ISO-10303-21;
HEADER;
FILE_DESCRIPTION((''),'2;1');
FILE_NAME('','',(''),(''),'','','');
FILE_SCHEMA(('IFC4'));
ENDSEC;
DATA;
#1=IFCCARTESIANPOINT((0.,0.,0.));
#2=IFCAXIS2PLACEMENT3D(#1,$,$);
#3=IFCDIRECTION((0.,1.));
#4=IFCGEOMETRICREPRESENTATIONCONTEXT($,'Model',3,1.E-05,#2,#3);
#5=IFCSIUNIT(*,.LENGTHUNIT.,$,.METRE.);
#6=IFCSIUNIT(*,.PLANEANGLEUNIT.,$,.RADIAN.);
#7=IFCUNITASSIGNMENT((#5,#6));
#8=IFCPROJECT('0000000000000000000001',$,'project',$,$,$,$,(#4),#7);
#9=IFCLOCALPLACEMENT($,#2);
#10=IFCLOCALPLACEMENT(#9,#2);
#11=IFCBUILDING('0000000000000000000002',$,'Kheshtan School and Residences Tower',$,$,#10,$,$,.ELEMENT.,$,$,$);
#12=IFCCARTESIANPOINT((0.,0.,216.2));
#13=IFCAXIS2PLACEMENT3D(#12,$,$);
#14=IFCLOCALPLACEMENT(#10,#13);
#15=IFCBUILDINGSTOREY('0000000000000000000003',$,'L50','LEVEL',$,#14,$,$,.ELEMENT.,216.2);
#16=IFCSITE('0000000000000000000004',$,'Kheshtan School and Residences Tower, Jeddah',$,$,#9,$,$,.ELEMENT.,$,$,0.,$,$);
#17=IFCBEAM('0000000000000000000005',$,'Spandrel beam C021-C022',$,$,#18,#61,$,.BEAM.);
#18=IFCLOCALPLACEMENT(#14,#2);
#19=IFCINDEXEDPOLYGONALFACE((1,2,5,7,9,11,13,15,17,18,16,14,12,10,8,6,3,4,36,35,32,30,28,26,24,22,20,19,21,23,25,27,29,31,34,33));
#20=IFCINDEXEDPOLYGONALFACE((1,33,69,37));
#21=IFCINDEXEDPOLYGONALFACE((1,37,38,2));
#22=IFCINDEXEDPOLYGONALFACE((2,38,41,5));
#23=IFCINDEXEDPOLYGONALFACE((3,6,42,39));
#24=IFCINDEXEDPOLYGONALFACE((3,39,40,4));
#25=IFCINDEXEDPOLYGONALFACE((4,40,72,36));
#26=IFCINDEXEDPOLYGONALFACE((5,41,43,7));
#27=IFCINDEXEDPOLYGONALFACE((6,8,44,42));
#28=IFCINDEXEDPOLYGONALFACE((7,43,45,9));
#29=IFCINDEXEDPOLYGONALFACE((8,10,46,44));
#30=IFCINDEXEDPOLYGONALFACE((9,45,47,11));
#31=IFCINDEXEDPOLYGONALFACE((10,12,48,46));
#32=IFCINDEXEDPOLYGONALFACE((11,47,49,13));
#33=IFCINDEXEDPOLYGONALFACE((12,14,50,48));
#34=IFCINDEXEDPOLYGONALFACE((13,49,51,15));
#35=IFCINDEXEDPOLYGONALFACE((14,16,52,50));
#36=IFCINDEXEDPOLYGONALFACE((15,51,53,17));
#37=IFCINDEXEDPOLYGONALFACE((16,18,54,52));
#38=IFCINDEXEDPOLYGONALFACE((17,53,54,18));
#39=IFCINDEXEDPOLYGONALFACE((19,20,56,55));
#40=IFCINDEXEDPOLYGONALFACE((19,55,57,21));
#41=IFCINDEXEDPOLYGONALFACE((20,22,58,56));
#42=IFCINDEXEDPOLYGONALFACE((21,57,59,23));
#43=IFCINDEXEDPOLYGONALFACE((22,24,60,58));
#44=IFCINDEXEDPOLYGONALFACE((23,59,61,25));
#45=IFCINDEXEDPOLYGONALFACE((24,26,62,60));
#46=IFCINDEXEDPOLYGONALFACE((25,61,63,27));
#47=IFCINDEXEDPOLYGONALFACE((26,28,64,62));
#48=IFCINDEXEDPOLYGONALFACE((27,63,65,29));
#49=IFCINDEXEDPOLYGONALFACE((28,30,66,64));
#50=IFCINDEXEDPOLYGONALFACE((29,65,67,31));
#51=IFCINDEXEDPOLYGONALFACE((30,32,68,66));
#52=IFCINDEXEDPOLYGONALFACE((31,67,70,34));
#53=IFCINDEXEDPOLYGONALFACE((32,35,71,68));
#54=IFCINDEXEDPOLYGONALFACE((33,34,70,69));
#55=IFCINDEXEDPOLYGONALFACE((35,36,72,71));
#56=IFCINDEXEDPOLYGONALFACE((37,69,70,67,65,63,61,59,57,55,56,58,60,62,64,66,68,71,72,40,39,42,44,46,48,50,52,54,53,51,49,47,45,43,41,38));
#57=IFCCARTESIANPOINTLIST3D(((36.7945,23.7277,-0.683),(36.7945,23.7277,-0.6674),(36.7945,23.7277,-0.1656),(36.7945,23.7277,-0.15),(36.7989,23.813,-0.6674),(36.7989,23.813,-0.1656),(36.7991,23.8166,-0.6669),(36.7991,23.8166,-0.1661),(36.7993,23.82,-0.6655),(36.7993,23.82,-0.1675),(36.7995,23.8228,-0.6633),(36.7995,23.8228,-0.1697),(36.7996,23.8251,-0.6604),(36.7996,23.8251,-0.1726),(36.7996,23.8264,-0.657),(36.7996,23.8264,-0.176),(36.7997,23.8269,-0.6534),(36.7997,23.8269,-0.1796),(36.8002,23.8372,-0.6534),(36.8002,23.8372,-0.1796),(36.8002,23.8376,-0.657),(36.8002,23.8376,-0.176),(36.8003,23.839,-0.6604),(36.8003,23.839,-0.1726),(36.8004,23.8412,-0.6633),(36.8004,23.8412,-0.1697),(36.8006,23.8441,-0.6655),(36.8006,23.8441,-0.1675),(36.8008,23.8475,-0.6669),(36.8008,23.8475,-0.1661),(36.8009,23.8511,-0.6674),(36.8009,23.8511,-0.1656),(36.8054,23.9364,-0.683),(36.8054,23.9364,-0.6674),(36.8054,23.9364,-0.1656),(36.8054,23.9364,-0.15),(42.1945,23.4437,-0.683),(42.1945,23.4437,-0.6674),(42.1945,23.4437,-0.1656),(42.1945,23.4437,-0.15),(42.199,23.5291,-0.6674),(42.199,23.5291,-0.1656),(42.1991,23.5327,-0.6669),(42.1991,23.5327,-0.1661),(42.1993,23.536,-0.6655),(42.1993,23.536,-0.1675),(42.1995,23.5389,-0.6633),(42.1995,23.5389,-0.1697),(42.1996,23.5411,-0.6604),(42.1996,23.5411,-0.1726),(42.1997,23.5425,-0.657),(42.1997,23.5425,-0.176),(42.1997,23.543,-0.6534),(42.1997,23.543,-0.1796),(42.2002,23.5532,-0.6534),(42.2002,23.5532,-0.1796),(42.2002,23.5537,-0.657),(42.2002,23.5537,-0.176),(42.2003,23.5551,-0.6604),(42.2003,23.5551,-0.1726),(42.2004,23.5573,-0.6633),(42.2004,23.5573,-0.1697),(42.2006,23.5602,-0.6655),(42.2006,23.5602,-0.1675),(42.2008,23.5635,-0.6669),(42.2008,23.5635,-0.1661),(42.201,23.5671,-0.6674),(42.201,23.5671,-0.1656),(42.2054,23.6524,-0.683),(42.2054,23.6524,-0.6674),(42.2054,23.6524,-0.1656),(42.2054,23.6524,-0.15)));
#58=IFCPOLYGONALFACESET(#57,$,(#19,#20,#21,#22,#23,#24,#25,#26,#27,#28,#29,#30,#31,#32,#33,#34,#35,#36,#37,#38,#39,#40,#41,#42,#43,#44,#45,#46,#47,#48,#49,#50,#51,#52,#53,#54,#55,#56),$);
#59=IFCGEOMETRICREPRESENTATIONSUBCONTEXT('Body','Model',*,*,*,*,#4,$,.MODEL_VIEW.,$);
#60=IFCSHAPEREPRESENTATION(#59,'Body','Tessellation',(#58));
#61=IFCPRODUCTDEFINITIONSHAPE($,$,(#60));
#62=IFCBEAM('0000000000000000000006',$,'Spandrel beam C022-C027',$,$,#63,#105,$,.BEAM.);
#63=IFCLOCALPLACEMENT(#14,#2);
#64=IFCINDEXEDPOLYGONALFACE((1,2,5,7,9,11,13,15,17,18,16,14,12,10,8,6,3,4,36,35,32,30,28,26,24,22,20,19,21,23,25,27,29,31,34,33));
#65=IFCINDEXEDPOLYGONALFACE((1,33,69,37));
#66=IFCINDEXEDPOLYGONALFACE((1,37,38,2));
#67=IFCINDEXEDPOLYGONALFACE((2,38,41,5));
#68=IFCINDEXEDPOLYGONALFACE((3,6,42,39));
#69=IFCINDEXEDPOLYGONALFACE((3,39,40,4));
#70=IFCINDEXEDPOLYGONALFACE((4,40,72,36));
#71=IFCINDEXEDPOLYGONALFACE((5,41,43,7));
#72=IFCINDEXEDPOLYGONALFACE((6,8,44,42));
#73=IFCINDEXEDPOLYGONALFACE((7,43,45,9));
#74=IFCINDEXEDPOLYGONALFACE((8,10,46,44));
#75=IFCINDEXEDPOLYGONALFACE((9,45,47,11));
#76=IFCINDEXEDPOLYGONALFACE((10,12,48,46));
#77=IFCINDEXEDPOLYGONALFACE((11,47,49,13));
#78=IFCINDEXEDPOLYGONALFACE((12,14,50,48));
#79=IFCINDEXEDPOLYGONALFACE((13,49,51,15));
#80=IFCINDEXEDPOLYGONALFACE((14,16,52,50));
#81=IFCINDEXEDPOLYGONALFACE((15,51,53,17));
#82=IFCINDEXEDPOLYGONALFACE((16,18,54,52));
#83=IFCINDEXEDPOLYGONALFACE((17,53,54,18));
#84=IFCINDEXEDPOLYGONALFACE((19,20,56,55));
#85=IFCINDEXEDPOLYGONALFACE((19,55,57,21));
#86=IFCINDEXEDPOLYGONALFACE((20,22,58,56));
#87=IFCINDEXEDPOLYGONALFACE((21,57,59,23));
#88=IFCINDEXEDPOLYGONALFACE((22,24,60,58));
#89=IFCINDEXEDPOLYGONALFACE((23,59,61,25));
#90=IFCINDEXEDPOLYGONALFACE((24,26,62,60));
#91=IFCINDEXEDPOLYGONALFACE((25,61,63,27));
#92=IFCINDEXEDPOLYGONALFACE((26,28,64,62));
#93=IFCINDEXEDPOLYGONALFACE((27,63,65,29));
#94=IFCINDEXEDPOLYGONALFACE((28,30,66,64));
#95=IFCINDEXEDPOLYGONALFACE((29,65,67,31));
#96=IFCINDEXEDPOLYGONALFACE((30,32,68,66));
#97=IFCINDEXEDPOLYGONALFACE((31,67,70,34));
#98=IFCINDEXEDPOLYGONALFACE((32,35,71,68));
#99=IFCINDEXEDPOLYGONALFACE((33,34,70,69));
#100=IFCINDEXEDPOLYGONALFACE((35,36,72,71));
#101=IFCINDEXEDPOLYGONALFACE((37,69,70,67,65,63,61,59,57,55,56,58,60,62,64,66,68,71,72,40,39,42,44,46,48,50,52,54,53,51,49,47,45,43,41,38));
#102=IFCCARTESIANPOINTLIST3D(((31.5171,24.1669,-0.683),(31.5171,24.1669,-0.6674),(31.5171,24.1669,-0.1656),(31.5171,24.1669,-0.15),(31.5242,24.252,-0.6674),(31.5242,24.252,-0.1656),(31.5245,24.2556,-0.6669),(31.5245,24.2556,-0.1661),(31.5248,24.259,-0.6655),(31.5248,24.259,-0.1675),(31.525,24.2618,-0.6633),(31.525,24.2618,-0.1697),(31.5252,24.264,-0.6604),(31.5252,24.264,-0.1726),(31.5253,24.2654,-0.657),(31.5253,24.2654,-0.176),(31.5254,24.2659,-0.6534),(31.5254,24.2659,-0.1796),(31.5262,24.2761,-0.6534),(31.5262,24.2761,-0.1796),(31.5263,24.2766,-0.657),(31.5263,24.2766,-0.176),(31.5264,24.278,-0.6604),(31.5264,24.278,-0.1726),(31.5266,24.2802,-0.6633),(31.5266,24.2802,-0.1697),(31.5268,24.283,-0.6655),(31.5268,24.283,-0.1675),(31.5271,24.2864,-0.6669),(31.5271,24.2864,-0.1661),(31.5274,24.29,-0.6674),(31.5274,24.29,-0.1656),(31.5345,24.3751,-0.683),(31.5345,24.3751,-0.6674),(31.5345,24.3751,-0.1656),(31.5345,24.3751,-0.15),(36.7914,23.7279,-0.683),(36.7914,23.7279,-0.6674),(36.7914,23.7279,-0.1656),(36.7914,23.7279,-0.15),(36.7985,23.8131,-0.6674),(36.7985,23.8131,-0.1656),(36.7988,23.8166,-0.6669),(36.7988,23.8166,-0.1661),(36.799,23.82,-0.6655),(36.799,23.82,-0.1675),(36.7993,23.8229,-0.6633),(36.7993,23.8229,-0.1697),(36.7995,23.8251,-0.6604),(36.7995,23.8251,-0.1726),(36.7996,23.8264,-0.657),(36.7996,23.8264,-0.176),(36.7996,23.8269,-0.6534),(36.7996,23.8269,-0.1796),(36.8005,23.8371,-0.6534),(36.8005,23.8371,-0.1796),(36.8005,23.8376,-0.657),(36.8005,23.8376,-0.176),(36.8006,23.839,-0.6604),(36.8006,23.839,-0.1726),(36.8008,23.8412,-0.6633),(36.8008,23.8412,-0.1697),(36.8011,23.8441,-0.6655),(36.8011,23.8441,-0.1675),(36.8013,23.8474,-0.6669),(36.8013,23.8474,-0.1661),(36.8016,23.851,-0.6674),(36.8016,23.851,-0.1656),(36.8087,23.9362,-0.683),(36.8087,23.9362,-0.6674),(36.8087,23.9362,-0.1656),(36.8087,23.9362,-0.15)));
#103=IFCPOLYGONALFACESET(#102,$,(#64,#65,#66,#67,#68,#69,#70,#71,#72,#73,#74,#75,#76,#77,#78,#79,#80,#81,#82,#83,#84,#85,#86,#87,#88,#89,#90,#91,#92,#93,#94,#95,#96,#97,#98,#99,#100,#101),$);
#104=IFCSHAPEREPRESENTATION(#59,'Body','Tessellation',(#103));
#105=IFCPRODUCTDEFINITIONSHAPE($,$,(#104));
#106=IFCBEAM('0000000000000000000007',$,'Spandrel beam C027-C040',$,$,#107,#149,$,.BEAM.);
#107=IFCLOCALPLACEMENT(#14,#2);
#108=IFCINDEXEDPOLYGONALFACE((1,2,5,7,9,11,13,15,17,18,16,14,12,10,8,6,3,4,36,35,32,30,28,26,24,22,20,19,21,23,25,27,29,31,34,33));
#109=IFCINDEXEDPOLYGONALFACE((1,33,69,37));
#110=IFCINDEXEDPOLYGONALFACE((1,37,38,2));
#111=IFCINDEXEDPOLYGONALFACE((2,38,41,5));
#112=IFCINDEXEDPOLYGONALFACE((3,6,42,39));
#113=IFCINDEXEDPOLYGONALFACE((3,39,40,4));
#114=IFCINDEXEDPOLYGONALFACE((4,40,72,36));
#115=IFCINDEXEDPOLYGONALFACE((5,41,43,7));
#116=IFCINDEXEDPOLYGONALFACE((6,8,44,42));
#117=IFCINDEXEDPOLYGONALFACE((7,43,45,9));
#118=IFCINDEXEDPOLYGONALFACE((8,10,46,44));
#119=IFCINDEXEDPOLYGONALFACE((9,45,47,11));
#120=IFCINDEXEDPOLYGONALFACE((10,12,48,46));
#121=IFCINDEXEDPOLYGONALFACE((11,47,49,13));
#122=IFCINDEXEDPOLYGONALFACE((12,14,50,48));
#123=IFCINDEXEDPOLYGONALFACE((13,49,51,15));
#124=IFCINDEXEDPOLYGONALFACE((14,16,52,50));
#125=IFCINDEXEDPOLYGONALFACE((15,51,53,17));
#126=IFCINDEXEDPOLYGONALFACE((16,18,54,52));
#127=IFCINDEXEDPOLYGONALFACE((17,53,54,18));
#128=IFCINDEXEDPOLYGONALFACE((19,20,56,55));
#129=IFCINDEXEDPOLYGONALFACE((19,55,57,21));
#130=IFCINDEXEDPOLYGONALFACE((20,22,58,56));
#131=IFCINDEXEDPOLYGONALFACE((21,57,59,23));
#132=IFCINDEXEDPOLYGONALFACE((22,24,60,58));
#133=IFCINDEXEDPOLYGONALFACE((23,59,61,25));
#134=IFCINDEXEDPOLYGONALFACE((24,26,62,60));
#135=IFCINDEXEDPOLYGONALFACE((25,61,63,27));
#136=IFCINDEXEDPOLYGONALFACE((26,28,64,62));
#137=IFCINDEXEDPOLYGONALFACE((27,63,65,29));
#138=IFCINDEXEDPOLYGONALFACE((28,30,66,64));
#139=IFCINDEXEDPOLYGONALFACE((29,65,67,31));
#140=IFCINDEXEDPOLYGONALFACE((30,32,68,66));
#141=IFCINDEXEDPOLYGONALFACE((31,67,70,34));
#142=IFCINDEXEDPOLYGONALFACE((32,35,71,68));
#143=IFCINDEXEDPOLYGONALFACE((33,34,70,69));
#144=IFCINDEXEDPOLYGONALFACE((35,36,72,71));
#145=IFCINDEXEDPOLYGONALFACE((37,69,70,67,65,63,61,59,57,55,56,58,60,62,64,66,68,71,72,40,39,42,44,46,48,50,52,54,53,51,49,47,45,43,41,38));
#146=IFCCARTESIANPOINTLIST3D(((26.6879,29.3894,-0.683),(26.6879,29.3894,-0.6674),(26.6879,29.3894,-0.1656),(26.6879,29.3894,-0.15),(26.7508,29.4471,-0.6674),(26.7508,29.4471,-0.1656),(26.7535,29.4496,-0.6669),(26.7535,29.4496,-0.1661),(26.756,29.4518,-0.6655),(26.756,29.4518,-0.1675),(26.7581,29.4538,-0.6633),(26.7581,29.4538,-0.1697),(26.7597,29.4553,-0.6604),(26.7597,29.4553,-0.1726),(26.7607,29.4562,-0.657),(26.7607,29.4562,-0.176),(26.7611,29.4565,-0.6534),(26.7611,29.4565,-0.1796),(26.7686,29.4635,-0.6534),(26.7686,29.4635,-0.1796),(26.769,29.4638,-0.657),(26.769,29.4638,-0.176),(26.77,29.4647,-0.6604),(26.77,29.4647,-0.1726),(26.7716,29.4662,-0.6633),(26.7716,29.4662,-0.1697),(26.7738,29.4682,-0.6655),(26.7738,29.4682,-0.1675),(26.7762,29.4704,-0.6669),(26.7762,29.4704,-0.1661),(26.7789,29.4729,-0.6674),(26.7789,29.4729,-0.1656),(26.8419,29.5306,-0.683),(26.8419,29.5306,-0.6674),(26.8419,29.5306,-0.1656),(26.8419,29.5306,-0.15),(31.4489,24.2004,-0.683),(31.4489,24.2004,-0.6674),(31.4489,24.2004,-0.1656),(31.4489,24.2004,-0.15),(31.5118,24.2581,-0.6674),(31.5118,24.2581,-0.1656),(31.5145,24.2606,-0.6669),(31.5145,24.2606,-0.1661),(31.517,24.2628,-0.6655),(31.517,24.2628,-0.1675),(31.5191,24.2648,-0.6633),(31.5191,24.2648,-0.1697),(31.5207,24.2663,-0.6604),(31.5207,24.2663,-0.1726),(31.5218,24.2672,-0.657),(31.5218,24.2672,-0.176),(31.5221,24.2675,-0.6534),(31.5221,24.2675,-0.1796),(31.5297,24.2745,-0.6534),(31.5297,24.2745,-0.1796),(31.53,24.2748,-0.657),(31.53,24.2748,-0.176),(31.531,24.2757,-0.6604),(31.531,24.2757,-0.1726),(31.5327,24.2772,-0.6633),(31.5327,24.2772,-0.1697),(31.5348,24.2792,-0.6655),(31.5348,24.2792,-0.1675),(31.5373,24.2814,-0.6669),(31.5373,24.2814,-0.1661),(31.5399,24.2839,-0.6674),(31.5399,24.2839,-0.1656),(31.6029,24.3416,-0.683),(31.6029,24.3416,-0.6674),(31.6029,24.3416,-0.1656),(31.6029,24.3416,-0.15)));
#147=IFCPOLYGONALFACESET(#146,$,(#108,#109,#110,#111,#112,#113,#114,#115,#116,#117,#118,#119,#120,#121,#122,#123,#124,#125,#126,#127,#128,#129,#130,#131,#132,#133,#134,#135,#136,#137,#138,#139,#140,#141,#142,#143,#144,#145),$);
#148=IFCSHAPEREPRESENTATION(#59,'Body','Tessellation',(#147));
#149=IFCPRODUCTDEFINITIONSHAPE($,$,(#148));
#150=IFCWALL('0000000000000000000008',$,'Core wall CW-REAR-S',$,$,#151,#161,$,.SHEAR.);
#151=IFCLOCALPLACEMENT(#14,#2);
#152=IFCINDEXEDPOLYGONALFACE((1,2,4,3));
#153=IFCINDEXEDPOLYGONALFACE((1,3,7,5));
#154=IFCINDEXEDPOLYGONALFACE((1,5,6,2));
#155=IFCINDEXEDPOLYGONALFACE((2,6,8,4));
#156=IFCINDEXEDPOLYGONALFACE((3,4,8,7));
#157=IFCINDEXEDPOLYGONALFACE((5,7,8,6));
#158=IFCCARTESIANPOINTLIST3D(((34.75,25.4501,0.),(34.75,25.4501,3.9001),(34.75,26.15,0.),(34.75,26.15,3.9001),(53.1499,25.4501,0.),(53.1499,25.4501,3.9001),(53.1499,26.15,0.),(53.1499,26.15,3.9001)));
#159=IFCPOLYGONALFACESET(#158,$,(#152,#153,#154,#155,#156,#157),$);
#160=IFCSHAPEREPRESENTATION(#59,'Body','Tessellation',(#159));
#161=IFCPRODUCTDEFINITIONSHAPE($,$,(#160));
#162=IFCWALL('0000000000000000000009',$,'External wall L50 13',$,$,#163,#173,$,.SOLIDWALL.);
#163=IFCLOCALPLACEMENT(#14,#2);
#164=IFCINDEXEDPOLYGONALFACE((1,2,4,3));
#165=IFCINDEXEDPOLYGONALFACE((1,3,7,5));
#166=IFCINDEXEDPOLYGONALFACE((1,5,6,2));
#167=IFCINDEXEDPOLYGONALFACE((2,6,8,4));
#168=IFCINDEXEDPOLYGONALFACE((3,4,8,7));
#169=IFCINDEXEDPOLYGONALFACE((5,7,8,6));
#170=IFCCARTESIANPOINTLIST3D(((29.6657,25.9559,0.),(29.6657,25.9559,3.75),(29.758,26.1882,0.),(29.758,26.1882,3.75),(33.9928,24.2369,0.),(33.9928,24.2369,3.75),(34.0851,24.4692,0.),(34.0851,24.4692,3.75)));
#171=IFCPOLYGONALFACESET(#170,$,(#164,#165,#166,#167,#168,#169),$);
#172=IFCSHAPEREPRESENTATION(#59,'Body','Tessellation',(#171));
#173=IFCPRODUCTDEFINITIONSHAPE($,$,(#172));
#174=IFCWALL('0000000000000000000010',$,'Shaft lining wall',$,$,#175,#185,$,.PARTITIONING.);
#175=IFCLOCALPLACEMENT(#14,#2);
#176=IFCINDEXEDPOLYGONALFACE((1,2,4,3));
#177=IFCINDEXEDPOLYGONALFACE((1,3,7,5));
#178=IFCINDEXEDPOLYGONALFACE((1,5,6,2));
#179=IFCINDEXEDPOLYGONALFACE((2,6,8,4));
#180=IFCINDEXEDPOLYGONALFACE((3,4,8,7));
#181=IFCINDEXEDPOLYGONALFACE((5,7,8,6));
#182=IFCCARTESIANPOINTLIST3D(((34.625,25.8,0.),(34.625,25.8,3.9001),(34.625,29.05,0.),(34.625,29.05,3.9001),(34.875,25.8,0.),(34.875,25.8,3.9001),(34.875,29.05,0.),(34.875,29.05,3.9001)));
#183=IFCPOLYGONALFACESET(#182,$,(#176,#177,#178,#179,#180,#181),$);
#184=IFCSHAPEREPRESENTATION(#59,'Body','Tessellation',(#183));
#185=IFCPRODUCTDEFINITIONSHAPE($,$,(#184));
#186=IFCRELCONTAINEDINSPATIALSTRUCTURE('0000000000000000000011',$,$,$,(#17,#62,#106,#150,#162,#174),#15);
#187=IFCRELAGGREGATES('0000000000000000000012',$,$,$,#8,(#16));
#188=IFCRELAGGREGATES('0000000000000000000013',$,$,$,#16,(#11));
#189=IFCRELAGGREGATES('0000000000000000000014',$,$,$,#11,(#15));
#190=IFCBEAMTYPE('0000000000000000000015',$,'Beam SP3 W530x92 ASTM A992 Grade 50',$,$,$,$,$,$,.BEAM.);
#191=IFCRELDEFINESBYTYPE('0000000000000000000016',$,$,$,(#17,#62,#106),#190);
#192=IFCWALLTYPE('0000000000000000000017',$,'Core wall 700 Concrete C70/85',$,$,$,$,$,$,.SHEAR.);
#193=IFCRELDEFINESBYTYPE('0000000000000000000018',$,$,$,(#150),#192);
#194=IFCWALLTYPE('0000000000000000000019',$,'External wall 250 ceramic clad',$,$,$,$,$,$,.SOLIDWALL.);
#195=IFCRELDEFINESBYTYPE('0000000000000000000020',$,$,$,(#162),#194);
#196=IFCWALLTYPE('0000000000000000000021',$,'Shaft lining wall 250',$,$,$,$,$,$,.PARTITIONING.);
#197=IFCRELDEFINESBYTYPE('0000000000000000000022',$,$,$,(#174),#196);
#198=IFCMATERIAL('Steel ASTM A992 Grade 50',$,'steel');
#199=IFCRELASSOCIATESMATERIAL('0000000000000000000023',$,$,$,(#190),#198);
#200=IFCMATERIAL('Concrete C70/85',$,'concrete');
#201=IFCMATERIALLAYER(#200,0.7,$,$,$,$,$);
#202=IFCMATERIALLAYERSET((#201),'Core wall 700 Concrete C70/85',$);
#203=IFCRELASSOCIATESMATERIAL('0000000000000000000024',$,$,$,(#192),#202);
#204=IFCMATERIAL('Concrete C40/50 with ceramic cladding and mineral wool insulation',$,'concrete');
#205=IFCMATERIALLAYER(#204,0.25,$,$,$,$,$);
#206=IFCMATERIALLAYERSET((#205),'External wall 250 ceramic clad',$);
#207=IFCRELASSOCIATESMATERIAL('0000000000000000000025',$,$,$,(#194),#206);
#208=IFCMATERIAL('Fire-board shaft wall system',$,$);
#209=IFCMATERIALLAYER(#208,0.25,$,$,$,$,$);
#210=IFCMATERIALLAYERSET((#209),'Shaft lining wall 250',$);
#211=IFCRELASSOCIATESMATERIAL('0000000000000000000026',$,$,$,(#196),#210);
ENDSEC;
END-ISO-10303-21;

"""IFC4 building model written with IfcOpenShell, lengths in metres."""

from ifc_helpers import new_model, si_unit, direction, frame, frame_2d, origin, origin_2d, place, context, subcontext, project, spatial, rectangle, i_section, extrude, material, layer, layer_set, material_profile, profile_set, type_object, element, save


model = new_model("IFC4")

# Units and contexts
model_context = context("Model", 3, precision=1e-05, world=origin(), true_north=direction((0.0, 1.0)))
body_context = subcontext(model_context, "Body", "Model", "MODEL_VIEW")
ifc_project = project(units=[si_unit("LENGTHUNIT", "METRE"), si_unit("PLANEANGLEUNIT", "RADIAN")], contexts=[model_context])

# Site, building, storey
site_placement = place(None, origin())
site = spatial("IfcSite", under=ifc_project, at=site_placement, Name="Kheshtan School and Residences Tower, Jeddah", CompositionType="ELEMENT", RefElevation=0.0)
building_placement = place(site_placement, origin())
building = spatial("IfcBuilding", under=site, at=building_placement, Name="Kheshtan School and Residences Tower", CompositionType="ELEMENT")
storey_placement = place(building_placement, frame((0.0, 0.0, 216.2)))
storey = spatial("IfcBuildingStorey", under=building, at=storey_placement, Name="L50", Description="LEVEL", CompositionType="ELEMENT", Elevation=216.2)

# Shared definitions
ifc_material_1 = material(Name="Steel ASTM A992 Grade 50", Category="steel")

# Beams
ifc_material_profile_1 = material_profile(ifc_material_1, i_section(OverallWidth=0.209, OverallDepth=0.533, WebThickness=0.0103, FlangeThickness=0.0156, FilletRadius=0.0139, at=origin_2d()), Name="W530x92")
ifc_profile_set_1 = profile_set([ifc_material_profile_1], Name="Steel ASTM A992 Grade 50")
beam_type_1 = type_object("IfcBeamType", Name="Beam SP3 W530x92 ASTM A992 Grade 50", PredefinedType="BEAM", material=ifc_profile_set_1)
beam_1_placement = place(storey_placement, frame((42.2, 23.5481, -0.4165), z_axis=(-0.99862, 0.052509, 0.0), x_axis=(-0.052509, -0.99862, 0.0)))
element("IfcBeam", 1, at=beam_1_placement, inside=storey, type_object=beam_type_1, Name="Spandrel beam C021-C022", PredefinedType="BEAM", context=body_context, shape_type="SweptSolid", body=[
    extrude(i_section(OverallWidth=0.209, OverallDepth=0.533, WebThickness=0.0103, FlangeThickness=0.0156, FilletRadius=0.0139, at=origin_2d()), origin(), (0.0, 0.0, 1.0), 5.4075),
])
beam_2_placement = place(storey_placement, frame((36.8, 23.832, -0.4165), z_axis=(-0.996554, 0.082942, 0.0), x_axis=(-0.082942, -0.996554, 0.0)))
element("IfcBeam", 2, at=beam_2_placement, inside=storey, type_object=beam_type_1, Name="Spandrel beam C022-C027", PredefinedType="BEAM", context=body_context, shape_type="SweptSolid", body=[
    extrude(i_section(OverallWidth=0.209, OverallDepth=0.533, WebThickness=0.0103, FlangeThickness=0.0156, FilletRadius=0.0139, at=origin_2d()), origin(), (0.0, 0.0, 1.0), 5.2925),
])
beam_3_placement = place(storey_placement, frame((31.5259, 24.271, -0.4165), z_axis=(-0.676067, 0.73684, 0.0), x_axis=(-0.73684, -0.676067, 0.0)))
element("IfcBeam", 3, at=beam_3_placement, inside=storey, type_object=beam_type_1, Name="Spandrel beam C027-C040", PredefinedType="BEAM", context=body_context, shape_type="SweptSolid", body=[
    extrude(i_section(OverallWidth=0.209, OverallDepth=0.533, WebThickness=0.0103, FlangeThickness=0.0156, FilletRadius=0.0139, at=origin_2d()), origin(), (0.0, 0.0, 1.0), 7.0422),
])

# Walls
ifc_material_2 = material(Name="Concrete C70/85", Category="concrete")
ifc_layer_1 = layer(ifc_material_2, 0.7)
ifc_layer_set_1 = layer_set([ifc_layer_1], Name="Core wall 700 Concrete C70/85")
wall_type_1 = type_object("IfcWallType", Name="Core wall 700 Concrete C70/85", PredefinedType="SHEAR", material=ifc_layer_set_1)
wall_1_placement = place(storey_placement, frame((34.75, 25.8, 0.0), z_axis=(0.0, 0.0, 1.0), x_axis=(1.0, 0.0, 0.0)))
element("IfcWall", 4, at=wall_1_placement, inside=storey, type_object=wall_type_1, Name="Core wall CW-REAR-S", PredefinedType="SHEAR", context=body_context, shape_type="SweptSolid", body=[
    extrude(rectangle(XDim=18.3999, YDim=0.7, at=frame_2d((9.2, 0.0))), origin(), (0.0, 0.0, 1.0), 3.9001),
])
ifc_material_3 = material(Name="Concrete C40/50 with ceramic cladding and mineral wool insulation", Category="concrete")
ifc_layer_2 = layer(ifc_material_3, 0.25)
ifc_layer_set_2 = layer_set([ifc_layer_2], Name="External wall 250 ceramic clad")
wall_type_2 = type_object("IfcWallType", Name="External wall 250 ceramic clad", PredefinedType="SOLIDWALL", material=ifc_layer_set_2)
wall_2_placement = place(storey_placement, frame((34.0391, 24.353, 0.0), z_axis=(0.0, 0.0, 1.0), x_axis=(-0.929353, 0.369193, 0.0)))
element("IfcWall", 5, at=wall_2_placement, inside=storey, type_object=wall_type_2, Name="External wall L50 13", PredefinedType="SOLIDWALL", context=body_context, shape_type="SweptSolid", body=[
    extrude(rectangle(XDim=4.656, YDim=0.25, at=frame_2d((2.3281, 0.0))), origin(), (0.0, 0.0, 1.0), 3.75),
])
ifc_material_4 = material(Name="Fire-board shaft wall system")
ifc_layer_3 = layer(ifc_material_4, 0.25)
ifc_layer_set_3 = layer_set([ifc_layer_3], Name="Shaft lining wall 250")
wall_type_3 = type_object("IfcWallType", Name="Shaft lining wall 250", PredefinedType="PARTITIONING", material=ifc_layer_set_3)
wall_3_placement = place(storey_placement, frame((34.75, 25.8, 0.0), z_axis=(0.0, 0.0, 1.0), x_axis=(0.0, 1.0, 0.0)))
element("IfcWall", 6, at=wall_3_placement, inside=storey, type_object=wall_type_3, Name="Shaft lining wall", PredefinedType="PARTITIONING", context=body_context, shape_type="SweptSolid", body=[
    extrude(rectangle(XDim=3.25, YDim=0.25, at=frame_2d((1.625, 0.0))), origin(), (0.0, 0.0, 1.0), 3.9001),
])

save(model, "model.ifc")
